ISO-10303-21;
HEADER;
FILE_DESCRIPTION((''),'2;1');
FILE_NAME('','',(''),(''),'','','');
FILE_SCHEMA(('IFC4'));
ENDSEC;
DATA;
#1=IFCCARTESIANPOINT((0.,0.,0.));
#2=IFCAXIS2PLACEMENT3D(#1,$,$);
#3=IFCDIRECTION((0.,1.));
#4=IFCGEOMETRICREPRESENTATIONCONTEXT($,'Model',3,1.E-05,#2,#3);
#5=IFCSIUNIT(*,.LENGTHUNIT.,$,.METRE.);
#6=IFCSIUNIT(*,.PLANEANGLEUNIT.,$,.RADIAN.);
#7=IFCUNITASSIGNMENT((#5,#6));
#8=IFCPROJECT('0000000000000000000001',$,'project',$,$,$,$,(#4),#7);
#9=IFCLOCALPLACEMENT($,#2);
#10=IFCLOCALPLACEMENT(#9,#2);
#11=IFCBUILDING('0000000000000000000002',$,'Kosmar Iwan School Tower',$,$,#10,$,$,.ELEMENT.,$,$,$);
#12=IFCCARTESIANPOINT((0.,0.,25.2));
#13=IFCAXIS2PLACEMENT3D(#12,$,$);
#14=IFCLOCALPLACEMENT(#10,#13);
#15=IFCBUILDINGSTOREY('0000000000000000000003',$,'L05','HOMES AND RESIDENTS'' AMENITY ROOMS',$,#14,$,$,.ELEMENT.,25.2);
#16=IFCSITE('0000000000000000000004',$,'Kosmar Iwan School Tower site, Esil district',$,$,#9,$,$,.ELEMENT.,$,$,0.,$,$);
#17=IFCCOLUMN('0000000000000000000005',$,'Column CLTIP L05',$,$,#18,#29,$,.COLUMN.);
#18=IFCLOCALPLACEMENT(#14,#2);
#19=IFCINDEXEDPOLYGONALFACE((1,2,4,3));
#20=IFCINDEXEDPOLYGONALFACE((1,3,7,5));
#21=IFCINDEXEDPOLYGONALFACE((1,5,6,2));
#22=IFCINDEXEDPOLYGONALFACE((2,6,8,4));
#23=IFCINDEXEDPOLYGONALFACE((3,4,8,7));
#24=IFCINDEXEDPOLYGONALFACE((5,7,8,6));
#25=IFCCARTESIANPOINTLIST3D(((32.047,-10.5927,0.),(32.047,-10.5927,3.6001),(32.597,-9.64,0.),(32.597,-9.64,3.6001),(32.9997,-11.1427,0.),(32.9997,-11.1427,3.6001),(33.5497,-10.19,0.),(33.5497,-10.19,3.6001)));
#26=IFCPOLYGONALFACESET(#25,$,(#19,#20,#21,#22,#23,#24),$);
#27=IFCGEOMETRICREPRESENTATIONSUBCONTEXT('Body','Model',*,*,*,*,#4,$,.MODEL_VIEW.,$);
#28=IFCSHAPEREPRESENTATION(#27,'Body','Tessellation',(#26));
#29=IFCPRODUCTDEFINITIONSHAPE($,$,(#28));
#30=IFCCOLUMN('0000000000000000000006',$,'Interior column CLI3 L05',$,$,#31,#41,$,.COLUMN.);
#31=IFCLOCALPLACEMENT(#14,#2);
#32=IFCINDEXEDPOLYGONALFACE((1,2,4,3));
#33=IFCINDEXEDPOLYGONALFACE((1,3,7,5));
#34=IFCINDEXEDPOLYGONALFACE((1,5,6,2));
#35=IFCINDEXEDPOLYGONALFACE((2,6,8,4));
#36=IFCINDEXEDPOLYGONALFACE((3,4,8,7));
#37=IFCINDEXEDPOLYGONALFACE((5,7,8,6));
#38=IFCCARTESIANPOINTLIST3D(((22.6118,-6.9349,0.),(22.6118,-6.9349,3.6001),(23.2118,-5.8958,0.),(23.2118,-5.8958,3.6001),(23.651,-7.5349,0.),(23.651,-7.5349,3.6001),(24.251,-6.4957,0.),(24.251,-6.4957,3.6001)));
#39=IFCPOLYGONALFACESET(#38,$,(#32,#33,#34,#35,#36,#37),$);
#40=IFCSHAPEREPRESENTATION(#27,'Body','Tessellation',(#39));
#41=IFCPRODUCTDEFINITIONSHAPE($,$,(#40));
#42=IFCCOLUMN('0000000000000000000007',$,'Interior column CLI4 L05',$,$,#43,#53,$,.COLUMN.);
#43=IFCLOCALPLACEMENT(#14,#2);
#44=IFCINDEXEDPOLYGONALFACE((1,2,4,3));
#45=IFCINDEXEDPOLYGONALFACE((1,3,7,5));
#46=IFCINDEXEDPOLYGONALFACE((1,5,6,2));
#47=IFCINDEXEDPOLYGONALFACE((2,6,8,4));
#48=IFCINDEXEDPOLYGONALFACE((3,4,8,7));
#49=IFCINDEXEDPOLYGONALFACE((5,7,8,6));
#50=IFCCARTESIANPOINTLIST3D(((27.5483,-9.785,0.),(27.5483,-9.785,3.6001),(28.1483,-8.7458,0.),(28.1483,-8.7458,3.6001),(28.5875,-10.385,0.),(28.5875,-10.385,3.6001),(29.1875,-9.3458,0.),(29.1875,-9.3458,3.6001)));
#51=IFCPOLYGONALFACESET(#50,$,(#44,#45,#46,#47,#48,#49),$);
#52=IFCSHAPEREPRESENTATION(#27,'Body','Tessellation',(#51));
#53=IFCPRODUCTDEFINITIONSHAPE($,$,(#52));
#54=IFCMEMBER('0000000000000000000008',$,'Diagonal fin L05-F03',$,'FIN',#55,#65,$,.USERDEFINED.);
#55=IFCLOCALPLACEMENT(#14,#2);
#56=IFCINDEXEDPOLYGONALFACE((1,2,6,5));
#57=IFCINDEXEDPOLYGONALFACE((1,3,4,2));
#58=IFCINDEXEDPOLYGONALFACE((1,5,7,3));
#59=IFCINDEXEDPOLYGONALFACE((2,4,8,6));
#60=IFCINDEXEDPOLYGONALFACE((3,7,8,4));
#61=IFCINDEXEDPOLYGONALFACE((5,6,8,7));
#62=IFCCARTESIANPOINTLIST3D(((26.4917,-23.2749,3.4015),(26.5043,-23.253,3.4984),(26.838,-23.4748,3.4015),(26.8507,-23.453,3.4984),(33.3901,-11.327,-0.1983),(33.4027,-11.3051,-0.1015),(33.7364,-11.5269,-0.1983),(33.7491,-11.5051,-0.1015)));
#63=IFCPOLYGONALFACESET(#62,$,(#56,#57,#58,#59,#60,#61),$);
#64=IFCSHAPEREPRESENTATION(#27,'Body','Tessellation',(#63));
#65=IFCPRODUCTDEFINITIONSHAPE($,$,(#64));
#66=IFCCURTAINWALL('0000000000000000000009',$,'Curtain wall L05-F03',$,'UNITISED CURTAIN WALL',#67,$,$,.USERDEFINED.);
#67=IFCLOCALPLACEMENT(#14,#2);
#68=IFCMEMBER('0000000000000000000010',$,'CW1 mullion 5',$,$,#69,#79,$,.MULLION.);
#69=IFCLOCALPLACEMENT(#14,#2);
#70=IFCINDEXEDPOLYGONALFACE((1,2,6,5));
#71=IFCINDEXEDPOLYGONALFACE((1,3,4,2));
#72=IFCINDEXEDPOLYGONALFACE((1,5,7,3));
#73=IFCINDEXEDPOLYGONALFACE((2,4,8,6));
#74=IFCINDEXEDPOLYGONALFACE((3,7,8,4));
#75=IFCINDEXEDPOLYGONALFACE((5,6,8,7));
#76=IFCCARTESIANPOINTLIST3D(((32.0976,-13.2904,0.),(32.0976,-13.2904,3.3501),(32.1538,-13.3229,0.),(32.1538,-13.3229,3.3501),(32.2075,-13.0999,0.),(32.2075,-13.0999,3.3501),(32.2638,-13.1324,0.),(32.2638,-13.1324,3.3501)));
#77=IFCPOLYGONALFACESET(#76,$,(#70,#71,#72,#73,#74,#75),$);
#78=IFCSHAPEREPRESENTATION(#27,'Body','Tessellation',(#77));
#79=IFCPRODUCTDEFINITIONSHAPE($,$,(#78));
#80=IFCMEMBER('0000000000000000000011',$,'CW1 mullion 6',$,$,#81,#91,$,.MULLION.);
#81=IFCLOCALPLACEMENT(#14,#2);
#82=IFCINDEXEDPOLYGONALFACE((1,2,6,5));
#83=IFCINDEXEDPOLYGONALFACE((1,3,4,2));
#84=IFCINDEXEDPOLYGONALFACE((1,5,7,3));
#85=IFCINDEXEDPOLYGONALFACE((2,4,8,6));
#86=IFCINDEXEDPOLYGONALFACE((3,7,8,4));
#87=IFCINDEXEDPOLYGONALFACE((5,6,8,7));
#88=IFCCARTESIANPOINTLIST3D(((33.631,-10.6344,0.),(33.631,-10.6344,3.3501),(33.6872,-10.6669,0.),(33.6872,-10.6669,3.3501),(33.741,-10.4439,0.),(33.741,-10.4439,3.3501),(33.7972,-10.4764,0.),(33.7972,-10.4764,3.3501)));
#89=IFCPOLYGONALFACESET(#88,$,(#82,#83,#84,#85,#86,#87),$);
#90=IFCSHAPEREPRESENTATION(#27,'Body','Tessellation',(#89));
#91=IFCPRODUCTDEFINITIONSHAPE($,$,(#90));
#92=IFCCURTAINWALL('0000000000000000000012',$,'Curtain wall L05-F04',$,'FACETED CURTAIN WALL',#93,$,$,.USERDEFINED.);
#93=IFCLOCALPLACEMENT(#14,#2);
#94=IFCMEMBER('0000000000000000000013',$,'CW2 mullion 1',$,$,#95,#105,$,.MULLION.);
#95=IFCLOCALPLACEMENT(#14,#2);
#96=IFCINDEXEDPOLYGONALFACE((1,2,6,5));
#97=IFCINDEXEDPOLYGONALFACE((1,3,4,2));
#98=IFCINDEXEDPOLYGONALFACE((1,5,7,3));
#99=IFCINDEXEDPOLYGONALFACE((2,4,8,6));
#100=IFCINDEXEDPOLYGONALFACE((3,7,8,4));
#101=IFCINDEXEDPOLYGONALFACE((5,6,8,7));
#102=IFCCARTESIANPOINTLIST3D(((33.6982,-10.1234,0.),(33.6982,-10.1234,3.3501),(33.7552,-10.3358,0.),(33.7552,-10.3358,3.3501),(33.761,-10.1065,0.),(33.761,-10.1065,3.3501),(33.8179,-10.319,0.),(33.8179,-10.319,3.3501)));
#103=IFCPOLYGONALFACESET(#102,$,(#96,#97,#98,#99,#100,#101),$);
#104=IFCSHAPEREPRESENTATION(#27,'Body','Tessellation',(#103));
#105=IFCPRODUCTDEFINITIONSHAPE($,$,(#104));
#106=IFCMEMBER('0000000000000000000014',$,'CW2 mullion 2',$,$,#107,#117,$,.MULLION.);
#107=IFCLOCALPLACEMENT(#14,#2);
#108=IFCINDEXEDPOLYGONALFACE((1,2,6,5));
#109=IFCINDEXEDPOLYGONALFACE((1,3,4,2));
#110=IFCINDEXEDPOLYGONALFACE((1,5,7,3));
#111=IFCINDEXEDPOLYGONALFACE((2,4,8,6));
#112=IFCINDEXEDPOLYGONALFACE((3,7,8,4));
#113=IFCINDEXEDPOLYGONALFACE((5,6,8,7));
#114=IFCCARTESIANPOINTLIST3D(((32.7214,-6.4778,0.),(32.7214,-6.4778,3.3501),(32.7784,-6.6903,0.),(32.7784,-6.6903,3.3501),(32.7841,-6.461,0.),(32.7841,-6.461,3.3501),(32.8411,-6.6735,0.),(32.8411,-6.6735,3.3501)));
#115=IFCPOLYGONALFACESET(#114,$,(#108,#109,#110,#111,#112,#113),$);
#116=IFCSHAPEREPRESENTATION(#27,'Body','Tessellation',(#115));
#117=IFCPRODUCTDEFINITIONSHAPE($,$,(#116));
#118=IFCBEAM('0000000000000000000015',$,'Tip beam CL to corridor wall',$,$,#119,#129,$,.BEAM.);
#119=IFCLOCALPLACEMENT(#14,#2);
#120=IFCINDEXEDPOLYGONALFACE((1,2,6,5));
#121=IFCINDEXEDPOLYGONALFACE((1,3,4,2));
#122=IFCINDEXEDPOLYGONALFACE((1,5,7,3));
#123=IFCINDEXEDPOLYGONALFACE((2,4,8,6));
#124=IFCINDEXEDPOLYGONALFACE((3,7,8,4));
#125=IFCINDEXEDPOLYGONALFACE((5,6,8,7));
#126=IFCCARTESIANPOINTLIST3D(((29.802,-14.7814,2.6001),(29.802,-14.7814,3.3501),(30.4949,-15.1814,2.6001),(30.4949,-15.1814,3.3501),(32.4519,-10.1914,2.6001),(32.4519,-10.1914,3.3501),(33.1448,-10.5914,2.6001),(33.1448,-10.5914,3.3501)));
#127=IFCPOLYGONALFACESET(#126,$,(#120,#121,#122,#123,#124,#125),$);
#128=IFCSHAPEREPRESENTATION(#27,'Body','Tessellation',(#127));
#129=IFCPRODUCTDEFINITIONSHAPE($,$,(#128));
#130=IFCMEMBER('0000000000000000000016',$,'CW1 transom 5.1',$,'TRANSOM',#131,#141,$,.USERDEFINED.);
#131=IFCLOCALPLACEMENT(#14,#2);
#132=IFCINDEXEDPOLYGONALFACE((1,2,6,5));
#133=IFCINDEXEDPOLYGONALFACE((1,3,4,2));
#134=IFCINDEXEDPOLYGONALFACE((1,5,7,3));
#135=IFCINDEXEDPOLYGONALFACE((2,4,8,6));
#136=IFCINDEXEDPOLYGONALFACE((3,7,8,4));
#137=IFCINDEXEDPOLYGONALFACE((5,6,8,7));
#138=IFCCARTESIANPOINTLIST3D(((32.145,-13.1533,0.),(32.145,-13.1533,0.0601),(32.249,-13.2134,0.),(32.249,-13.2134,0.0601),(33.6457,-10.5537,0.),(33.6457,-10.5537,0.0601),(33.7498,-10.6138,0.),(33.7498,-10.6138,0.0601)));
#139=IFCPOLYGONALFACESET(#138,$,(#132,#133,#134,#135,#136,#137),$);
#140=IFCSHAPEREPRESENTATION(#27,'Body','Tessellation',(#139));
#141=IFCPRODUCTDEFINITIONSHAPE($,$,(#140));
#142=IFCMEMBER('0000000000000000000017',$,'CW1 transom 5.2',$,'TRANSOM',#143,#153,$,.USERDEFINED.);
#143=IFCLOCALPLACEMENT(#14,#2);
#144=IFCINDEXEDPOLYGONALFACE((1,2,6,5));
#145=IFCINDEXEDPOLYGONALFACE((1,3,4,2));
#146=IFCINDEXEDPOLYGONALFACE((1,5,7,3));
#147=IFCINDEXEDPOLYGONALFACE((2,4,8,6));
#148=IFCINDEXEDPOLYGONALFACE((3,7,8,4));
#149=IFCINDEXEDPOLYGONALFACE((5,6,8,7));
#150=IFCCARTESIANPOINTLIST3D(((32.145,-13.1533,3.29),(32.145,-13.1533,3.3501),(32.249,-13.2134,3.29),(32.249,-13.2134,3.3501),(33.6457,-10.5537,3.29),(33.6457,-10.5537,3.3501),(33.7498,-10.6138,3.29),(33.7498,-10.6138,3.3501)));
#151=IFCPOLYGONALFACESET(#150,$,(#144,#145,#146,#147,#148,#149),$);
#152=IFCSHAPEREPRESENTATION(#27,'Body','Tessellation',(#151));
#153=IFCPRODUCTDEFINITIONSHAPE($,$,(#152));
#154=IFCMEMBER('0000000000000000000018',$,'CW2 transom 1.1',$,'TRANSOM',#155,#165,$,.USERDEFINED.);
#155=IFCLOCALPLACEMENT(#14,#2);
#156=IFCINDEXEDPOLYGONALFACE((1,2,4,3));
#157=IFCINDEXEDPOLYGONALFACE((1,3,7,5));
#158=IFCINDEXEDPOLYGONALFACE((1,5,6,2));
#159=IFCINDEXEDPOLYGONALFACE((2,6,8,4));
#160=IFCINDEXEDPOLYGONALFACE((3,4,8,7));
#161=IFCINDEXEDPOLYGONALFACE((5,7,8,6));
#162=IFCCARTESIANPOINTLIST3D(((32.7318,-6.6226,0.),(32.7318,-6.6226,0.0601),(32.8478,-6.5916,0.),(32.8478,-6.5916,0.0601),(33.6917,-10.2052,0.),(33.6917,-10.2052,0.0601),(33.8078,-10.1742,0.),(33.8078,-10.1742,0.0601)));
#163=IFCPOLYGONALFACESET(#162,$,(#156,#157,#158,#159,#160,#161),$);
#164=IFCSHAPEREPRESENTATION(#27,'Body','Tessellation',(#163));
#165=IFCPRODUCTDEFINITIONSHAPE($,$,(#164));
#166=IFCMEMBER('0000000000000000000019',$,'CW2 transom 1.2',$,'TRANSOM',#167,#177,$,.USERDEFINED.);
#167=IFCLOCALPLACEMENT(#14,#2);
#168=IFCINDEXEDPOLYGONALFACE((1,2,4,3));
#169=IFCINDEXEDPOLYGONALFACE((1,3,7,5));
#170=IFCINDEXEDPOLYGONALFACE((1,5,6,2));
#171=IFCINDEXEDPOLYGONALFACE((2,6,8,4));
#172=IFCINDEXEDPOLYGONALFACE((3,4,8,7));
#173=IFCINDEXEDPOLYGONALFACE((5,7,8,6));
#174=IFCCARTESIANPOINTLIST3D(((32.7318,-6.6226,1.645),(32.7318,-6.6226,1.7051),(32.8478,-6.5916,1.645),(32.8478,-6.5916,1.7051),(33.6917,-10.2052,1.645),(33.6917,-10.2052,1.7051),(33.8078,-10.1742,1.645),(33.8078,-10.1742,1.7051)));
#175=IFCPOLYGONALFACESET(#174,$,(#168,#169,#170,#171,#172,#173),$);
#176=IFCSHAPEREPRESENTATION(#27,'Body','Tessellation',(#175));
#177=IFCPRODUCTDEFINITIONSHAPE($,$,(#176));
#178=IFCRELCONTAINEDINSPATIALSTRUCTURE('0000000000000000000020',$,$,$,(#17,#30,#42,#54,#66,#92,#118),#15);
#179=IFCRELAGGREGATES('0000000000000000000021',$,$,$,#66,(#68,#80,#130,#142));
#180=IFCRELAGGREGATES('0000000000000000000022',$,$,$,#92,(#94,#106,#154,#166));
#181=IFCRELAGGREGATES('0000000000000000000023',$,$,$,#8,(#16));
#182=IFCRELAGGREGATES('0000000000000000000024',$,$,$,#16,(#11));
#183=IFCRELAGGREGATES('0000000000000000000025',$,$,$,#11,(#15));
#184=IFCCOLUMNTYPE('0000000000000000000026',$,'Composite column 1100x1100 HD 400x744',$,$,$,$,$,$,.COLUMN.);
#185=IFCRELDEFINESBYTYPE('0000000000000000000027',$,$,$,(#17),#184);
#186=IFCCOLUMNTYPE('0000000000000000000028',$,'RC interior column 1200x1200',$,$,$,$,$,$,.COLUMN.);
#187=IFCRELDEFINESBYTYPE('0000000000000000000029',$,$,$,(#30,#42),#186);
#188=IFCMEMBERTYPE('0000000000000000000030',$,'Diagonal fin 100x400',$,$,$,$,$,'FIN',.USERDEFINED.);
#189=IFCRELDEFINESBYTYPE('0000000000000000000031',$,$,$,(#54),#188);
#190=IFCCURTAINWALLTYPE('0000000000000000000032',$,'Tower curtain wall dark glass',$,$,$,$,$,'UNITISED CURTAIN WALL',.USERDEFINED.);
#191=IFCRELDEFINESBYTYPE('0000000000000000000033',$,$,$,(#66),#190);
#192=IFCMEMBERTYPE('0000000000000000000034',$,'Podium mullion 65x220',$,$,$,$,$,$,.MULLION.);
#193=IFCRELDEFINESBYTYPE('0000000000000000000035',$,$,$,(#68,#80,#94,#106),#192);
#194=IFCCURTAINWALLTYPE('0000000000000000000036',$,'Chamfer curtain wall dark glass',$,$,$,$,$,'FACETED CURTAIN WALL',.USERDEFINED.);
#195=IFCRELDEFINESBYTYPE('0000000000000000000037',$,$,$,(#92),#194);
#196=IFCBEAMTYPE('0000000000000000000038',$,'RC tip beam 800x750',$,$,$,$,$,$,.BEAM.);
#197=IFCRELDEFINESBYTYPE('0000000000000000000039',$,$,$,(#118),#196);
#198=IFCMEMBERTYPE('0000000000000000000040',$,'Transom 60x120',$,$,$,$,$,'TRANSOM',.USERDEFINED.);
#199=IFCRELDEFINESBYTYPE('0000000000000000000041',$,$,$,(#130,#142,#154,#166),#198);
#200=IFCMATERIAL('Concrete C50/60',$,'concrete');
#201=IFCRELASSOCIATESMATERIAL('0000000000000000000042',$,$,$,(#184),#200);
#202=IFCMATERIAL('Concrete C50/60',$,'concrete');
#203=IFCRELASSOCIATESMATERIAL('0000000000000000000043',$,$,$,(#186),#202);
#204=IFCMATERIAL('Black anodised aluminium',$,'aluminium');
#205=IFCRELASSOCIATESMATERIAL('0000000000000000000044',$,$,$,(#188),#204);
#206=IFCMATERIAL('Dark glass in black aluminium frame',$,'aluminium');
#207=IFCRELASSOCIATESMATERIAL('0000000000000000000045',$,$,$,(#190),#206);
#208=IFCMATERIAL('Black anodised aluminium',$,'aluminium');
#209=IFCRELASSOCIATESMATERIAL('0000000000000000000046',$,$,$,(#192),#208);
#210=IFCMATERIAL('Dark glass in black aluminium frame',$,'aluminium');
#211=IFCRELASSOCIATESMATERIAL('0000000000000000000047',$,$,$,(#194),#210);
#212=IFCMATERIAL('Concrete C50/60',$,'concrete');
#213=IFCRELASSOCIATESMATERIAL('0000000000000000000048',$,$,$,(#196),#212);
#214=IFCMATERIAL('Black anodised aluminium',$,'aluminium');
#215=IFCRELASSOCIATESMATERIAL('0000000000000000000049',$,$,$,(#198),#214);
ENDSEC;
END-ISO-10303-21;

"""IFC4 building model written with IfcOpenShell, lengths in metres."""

from ifc_helpers import new_model, si_unit, direction, frame, origin, origin_2d, place, context, subcontext, project, spatial, rectangle, extrude, material, material_profile, profile_set, type_object, element, aggregate, save


model = new_model("IFC4")

# Units and contexts
model_context = context("Model", 3, precision=1e-05, world=origin(), true_north=direction((0.0, 1.0)))
body_context = subcontext(model_context, "Body", "Model", "MODEL_VIEW")
ifc_project = project(units=[si_unit("LENGTHUNIT", "METRE"), si_unit("PLANEANGLEUNIT", "RADIAN")], contexts=[model_context])

# Site, building, storey
site_placement = place(None, origin())
site = spatial("IfcSite", under=ifc_project, at=site_placement, Name="Kosmar Iwan School Tower site, Esil district", CompositionType="ELEMENT", RefElevation=0.0)
building_placement = place(site_placement, origin())
building = spatial("IfcBuilding", under=site, at=building_placement, Name="Kosmar Iwan School Tower", CompositionType="ELEMENT")
storey_placement = place(building_placement, frame((0.0, 0.0, 25.2)))
storey = spatial("IfcBuildingStorey", under=building, at=storey_placement, Name="L05", Description="HOMES AND RESIDENTS' AMENITY ROOMS", CompositionType="ELEMENT", Elevation=25.2)

# Columns
ifc_material_1 = material(Name="Concrete C50/60", Category="concrete")
ifc_material_profile_1 = material_profile(ifc_material_1, rectangle(XDim=1.1001, YDim=1.1001, at=origin_2d()), Name="RC 1100x1100 + HD 400x744")
ifc_profile_set_1 = profile_set([ifc_material_profile_1], Name="Concrete C50/60")
column_type_1 = type_object("IfcColumnType", Name="Composite column 1100x1100 HD 400x744", PredefinedType="COLUMN", material=ifc_profile_set_1)
column_placement = place(storey_placement, frame((32.7983, -10.3914, 0.0), z_axis=(0.0, 0.0, 1.0), x_axis=(0.866025, -0.5, 0.0)))
element("IfcColumn", 1, at=column_placement, inside=storey, type_object=column_type_1, Name="Column CLTIP L05", PredefinedType="COLUMN", context=body_context, shape_type="SweptSolid", body=[
    extrude(rectangle(XDim=1.1001, YDim=1.1001, at=origin_2d()), origin(), (0.0, 0.0, 1.0), 3.6001),
])
ifc_material_2 = material(Name="Concrete C50/60", Category="concrete")
ifc_material_profile_2 = material_profile(ifc_material_2, rectangle(XDim=1.2, YDim=1.2, at=origin_2d()), Name="RC 1200x1200")
ifc_profile_set_2 = profile_set([ifc_material_profile_2], Name="Concrete C50/60")
column_type_2 = type_object("IfcColumnType", Name="RC interior column 1200x1200", PredefinedType="COLUMN", material=ifc_profile_set_2)
for number, where, z_axis, x_axis, name in (
    (2, (23.4314, -6.7153, 0.0), (0.0, 0.0, 1.0), (0.866025, -0.5, 0.0), "Interior column CLI3 L05"),
    (3, (28.3679, -9.5654, 0.0), (0.0, 0.0, 1.0), (0.866025, -0.5, 0.0), "Interior column CLI4 L05"),
):
    element("IfcColumn", number, at=place(storey_placement, frame(where, z_axis=z_axis, x_axis=x_axis)), inside=storey, type_object=column_type_2, Name=name, PredefinedType="COLUMN", context=body_context, shape_type="SweptSolid", body=[
        extrude(rectangle(XDim=1.2, YDim=1.2, at=origin_2d()), origin(), (0.0, 0.0, 1.0), 3.6001),
    ])

# Member
ifc_material_3 = material(Name="Black anodised aluminium", Category="aluminium")
ifc_material_profile_3 = material_profile(ifc_material_3, rectangle(XDim=0.1001, YDim=0.3999, at=origin_2d()), Name="FIN 100x400")
ifc_profile_set_3 = profile_set([ifc_material_profile_3], Name="Black anodised aluminium")
member_type_1 = type_object("IfcMemberType", Name="Diagonal fin 100x400", ElementType="FIN", PredefinedType="USERDEFINED", material=ifc_profile_set_3)
member_1_placement = place(storey_placement, frame((33.5696, -11.416, -0.1499), z_axis=(-0.483816, -0.837962, 0.252472), x_axis=(0.12624, 0.218645, 0.967604)))
element("IfcMember", 4, at=member_1_placement, inside=storey, type_object=member_type_1, Name="Diagonal fin L05-F03", ObjectType="FIN", PredefinedType="USERDEFINED", context=body_context, shape_type="SweptSolid", body=[
    extrude(rectangle(XDim=0.1001, YDim=0.3999, at=origin_2d()), origin(), (0.0, 0.0, 1.0), 14.2583),
])

# Curtain walls, members
ifc_material_4 = material(Name="Dark glass in black aluminium frame", Category="aluminium")
curtain_wall_type_1 = type_object("IfcCurtainWallType", Name="Tower curtain wall dark glass", ElementType="UNITISED CURTAIN WALL", PredefinedType="USERDEFINED", material=ifc_material_4)
curtain_wall_1_placement = place(storey_placement, origin())
curtain_wall_1 = element("IfcCurtainWall", 5, at=curtain_wall_1_placement, inside=storey, type_object=curtain_wall_type_1, Name="Curtain wall L05-F03", ObjectType="UNITISED CURTAIN WALL", PredefinedType="USERDEFINED")
ifc_material_5 = material(Name="Black anodised aluminium", Category="aluminium")
ifc_material_profile_4 = material_profile(ifc_material_5, rectangle(XDim=0.0649, YDim=0.22, at=origin_2d()), Name="MULLION 65x220")
ifc_profile_set_4 = profile_set([ifc_material_profile_4], Name="Black anodised aluminium")
member_type_2 = type_object("IfcMemberType", Name="Podium mullion 65x220", PredefinedType="MULLION", material=ifc_profile_set_4)
member_2_placement = place(storey_placement, frame((32.1807, -13.2114, 0.0), z_axis=(0.0, 0.0, 1.0), x_axis=(-0.866025, 0.5, 0.0)))
member_2 = element("IfcMember", 6, at=member_2_placement, type_object=member_type_2, Name="CW1 mullion 5", PredefinedType="MULLION", context=body_context, shape_type="SweptSolid", body=[
    extrude(rectangle(XDim=0.0649, YDim=0.22, at=origin_2d()), origin(), (0.0, 0.0, 1.0), 3.3501),
])
member_3_placement = place(storey_placement, frame((33.7141, -10.5554, 0.0), z_axis=(0.0, 0.0, 1.0), x_axis=(-0.866025, 0.5, 0.0)))
member_3 = element("IfcMember", 7, at=member_3_placement, type_object=member_type_2, Name="CW1 mullion 6", PredefinedType="MULLION", context=body_context, shape_type="SweptSolid", body=[
    extrude(rectangle(XDim=0.0649, YDim=0.22, at=origin_2d()), origin(), (0.0, 0.0, 1.0), 3.3501),
])
ifc_material_6 = material(Name="Dark glass in black aluminium frame", Category="aluminium")
curtain_wall_type_2 = type_object("IfcCurtainWallType", Name="Chamfer curtain wall dark glass", ElementType="FACETED CURTAIN WALL", PredefinedType="USERDEFINED", material=ifc_material_6)
curtain_wall_2_placement = place(storey_placement, origin())
curtain_wall_2 = element("IfcCurtainWall", 8, at=curtain_wall_2_placement, inside=storey, type_object=curtain_wall_type_2, Name="Curtain wall L05-F04", ObjectType="FACETED CURTAIN WALL", PredefinedType="USERDEFINED")
member_4_placement = place(storey_placement, frame((33.7581, -10.2212, 0.0), z_axis=(0.0, 0.0, 1.0), x_axis=(-0.965926, -0.258819, 0.0)))
member_4 = element("IfcMember", 9, at=member_4_placement, type_object=member_type_2, Name="CW2 mullion 1", PredefinedType="MULLION", context=body_context, shape_type="SweptSolid", body=[
    extrude(rectangle(XDim=0.0649, YDim=0.22, at=origin_2d()), origin(), (0.0, 0.0, 1.0), 3.3501),
])
member_5_placement = place(storey_placement, frame((32.7812, -6.5757, 0.0), z_axis=(0.0, 0.0, 1.0), x_axis=(-0.965926, -0.258819, 0.0)))
member_5 = element("IfcMember", 10, at=member_5_placement, type_object=member_type_2, Name="CW2 mullion 2", PredefinedType="MULLION", context=body_context, shape_type="SweptSolid", body=[
    extrude(rectangle(XDim=0.0649, YDim=0.22, at=origin_2d()), origin(), (0.0, 0.0, 1.0), 3.3501),
])

# Beam
ifc_material_7 = material(Name="Concrete C50/60", Category="concrete")
ifc_material_profile_5 = material_profile(ifc_material_7, rectangle(XDim=0.8, YDim=0.75, at=origin_2d()), Name="RC 800x750")
ifc_profile_set_5 = profile_set([ifc_material_profile_5], Name="Concrete C50/60")
beam_type = type_object("IfcBeamType", Name="RC tip beam 800x750", PredefinedType="BEAM", material=ifc_profile_set_5)
beam_placement = place(storey_placement, frame((32.7983, -10.3914, 2.9751), z_axis=(-0.499974, -0.866041, 0.0), x_axis=(0.866041, -0.499974, 0.0)))
element("IfcBeam", 11, at=beam_placement, inside=storey, type_object=beam_type, Name="Tip beam CL to corridor wall", PredefinedType="BEAM", context=body_context, shape_type="SweptSolid", body=[
    extrude(rectangle(XDim=0.8, YDim=0.75, at=origin_2d()), origin(), (0.0, 0.0, 1.0), 5.3),
])

# Members
ifc_material_8 = material(Name="Black anodised aluminium", Category="aluminium")
ifc_material_profile_6 = material_profile(ifc_material_8, rectangle(XDim=0.1201, YDim=0.0601, at=origin_2d()), Name="TRANSOM 60x120")
ifc_profile_set_6 = profile_set([ifc_material_profile_6], Name="Black anodised aluminium")
member_type_3 = type_object("IfcMemberType", Name="Transom 60x120", ElementType="TRANSOM", PredefinedType="USERDEFINED", material=ifc_profile_set_6)
member_6_placement = place(storey_placement, frame((32.197, -13.1833, 0.03), z_axis=(0.499962, 0.866047, 0.0), x_axis=(-0.866047, 0.499962, 0.0)))
member_6 = element("IfcMember", 12, at=member_6_placement, type_object=member_type_3, Name="CW1 transom 5.1", ObjectType="TRANSOM", PredefinedType="USERDEFINED", context=body_context, shape_type="SweptSolid", body=[
    extrude(rectangle(XDim=0.1201, YDim=0.0601, at=origin_2d()), origin(), (0.0, 0.0, 1.0), 3.0017),
])
member_7_placement = place(storey_placement, frame((32.197, -13.1833, 3.3201), z_axis=(0.499962, 0.866047, 0.0), x_axis=(-0.866047, 0.499962, 0.0)))
member_7 = element("IfcMember", 13, at=member_7_placement, type_object=member_type_3, Name="CW1 transom 5.2", ObjectType="TRANSOM", PredefinedType="USERDEFINED", context=body_context, shape_type="SweptSolid", body=[
    extrude(rectangle(XDim=0.1201, YDim=0.0601, at=origin_2d()), origin(), (0.0, 0.0, 1.0), 3.0017),
])
member_8_placement = place(storey_placement, frame((33.7498, -10.1897, 0.03), z_axis=(-0.258826, 0.965924, 0.0), x_axis=(-0.965924, -0.258826, 0.0)))
member_8 = element("IfcMember", 14, at=member_8_placement, type_object=member_type_3, Name="CW2 transom 1.1", ObjectType="TRANSOM", PredefinedType="USERDEFINED", context=body_context, shape_type="SweptSolid", body=[
    extrude(rectangle(XDim=0.1201, YDim=0.0601, at=origin_2d()), origin(), (0.0, 0.0, 1.0), 3.709),
])
member_9_placement = place(storey_placement, frame((33.7498, -10.1897, 1.675), z_axis=(-0.258826, 0.965924, 0.0), x_axis=(-0.965924, -0.258826, 0.0)))
member_9 = element("IfcMember", 15, at=member_9_placement, type_object=member_type_3, Name="CW2 transom 1.2", ObjectType="TRANSOM", PredefinedType="USERDEFINED", context=body_context, shape_type="SweptSolid", body=[
    extrude(rectangle(XDim=0.1201, YDim=0.0601, at=origin_2d()), origin(), (0.0, 0.0, 1.0), 3.709),
])

aggregate(curtain_wall_1, [member_2, member_3, member_6, member_7])
aggregate(curtain_wall_2, [member_4, member_5, member_8, member_9])

save(model, "model.ifc")
